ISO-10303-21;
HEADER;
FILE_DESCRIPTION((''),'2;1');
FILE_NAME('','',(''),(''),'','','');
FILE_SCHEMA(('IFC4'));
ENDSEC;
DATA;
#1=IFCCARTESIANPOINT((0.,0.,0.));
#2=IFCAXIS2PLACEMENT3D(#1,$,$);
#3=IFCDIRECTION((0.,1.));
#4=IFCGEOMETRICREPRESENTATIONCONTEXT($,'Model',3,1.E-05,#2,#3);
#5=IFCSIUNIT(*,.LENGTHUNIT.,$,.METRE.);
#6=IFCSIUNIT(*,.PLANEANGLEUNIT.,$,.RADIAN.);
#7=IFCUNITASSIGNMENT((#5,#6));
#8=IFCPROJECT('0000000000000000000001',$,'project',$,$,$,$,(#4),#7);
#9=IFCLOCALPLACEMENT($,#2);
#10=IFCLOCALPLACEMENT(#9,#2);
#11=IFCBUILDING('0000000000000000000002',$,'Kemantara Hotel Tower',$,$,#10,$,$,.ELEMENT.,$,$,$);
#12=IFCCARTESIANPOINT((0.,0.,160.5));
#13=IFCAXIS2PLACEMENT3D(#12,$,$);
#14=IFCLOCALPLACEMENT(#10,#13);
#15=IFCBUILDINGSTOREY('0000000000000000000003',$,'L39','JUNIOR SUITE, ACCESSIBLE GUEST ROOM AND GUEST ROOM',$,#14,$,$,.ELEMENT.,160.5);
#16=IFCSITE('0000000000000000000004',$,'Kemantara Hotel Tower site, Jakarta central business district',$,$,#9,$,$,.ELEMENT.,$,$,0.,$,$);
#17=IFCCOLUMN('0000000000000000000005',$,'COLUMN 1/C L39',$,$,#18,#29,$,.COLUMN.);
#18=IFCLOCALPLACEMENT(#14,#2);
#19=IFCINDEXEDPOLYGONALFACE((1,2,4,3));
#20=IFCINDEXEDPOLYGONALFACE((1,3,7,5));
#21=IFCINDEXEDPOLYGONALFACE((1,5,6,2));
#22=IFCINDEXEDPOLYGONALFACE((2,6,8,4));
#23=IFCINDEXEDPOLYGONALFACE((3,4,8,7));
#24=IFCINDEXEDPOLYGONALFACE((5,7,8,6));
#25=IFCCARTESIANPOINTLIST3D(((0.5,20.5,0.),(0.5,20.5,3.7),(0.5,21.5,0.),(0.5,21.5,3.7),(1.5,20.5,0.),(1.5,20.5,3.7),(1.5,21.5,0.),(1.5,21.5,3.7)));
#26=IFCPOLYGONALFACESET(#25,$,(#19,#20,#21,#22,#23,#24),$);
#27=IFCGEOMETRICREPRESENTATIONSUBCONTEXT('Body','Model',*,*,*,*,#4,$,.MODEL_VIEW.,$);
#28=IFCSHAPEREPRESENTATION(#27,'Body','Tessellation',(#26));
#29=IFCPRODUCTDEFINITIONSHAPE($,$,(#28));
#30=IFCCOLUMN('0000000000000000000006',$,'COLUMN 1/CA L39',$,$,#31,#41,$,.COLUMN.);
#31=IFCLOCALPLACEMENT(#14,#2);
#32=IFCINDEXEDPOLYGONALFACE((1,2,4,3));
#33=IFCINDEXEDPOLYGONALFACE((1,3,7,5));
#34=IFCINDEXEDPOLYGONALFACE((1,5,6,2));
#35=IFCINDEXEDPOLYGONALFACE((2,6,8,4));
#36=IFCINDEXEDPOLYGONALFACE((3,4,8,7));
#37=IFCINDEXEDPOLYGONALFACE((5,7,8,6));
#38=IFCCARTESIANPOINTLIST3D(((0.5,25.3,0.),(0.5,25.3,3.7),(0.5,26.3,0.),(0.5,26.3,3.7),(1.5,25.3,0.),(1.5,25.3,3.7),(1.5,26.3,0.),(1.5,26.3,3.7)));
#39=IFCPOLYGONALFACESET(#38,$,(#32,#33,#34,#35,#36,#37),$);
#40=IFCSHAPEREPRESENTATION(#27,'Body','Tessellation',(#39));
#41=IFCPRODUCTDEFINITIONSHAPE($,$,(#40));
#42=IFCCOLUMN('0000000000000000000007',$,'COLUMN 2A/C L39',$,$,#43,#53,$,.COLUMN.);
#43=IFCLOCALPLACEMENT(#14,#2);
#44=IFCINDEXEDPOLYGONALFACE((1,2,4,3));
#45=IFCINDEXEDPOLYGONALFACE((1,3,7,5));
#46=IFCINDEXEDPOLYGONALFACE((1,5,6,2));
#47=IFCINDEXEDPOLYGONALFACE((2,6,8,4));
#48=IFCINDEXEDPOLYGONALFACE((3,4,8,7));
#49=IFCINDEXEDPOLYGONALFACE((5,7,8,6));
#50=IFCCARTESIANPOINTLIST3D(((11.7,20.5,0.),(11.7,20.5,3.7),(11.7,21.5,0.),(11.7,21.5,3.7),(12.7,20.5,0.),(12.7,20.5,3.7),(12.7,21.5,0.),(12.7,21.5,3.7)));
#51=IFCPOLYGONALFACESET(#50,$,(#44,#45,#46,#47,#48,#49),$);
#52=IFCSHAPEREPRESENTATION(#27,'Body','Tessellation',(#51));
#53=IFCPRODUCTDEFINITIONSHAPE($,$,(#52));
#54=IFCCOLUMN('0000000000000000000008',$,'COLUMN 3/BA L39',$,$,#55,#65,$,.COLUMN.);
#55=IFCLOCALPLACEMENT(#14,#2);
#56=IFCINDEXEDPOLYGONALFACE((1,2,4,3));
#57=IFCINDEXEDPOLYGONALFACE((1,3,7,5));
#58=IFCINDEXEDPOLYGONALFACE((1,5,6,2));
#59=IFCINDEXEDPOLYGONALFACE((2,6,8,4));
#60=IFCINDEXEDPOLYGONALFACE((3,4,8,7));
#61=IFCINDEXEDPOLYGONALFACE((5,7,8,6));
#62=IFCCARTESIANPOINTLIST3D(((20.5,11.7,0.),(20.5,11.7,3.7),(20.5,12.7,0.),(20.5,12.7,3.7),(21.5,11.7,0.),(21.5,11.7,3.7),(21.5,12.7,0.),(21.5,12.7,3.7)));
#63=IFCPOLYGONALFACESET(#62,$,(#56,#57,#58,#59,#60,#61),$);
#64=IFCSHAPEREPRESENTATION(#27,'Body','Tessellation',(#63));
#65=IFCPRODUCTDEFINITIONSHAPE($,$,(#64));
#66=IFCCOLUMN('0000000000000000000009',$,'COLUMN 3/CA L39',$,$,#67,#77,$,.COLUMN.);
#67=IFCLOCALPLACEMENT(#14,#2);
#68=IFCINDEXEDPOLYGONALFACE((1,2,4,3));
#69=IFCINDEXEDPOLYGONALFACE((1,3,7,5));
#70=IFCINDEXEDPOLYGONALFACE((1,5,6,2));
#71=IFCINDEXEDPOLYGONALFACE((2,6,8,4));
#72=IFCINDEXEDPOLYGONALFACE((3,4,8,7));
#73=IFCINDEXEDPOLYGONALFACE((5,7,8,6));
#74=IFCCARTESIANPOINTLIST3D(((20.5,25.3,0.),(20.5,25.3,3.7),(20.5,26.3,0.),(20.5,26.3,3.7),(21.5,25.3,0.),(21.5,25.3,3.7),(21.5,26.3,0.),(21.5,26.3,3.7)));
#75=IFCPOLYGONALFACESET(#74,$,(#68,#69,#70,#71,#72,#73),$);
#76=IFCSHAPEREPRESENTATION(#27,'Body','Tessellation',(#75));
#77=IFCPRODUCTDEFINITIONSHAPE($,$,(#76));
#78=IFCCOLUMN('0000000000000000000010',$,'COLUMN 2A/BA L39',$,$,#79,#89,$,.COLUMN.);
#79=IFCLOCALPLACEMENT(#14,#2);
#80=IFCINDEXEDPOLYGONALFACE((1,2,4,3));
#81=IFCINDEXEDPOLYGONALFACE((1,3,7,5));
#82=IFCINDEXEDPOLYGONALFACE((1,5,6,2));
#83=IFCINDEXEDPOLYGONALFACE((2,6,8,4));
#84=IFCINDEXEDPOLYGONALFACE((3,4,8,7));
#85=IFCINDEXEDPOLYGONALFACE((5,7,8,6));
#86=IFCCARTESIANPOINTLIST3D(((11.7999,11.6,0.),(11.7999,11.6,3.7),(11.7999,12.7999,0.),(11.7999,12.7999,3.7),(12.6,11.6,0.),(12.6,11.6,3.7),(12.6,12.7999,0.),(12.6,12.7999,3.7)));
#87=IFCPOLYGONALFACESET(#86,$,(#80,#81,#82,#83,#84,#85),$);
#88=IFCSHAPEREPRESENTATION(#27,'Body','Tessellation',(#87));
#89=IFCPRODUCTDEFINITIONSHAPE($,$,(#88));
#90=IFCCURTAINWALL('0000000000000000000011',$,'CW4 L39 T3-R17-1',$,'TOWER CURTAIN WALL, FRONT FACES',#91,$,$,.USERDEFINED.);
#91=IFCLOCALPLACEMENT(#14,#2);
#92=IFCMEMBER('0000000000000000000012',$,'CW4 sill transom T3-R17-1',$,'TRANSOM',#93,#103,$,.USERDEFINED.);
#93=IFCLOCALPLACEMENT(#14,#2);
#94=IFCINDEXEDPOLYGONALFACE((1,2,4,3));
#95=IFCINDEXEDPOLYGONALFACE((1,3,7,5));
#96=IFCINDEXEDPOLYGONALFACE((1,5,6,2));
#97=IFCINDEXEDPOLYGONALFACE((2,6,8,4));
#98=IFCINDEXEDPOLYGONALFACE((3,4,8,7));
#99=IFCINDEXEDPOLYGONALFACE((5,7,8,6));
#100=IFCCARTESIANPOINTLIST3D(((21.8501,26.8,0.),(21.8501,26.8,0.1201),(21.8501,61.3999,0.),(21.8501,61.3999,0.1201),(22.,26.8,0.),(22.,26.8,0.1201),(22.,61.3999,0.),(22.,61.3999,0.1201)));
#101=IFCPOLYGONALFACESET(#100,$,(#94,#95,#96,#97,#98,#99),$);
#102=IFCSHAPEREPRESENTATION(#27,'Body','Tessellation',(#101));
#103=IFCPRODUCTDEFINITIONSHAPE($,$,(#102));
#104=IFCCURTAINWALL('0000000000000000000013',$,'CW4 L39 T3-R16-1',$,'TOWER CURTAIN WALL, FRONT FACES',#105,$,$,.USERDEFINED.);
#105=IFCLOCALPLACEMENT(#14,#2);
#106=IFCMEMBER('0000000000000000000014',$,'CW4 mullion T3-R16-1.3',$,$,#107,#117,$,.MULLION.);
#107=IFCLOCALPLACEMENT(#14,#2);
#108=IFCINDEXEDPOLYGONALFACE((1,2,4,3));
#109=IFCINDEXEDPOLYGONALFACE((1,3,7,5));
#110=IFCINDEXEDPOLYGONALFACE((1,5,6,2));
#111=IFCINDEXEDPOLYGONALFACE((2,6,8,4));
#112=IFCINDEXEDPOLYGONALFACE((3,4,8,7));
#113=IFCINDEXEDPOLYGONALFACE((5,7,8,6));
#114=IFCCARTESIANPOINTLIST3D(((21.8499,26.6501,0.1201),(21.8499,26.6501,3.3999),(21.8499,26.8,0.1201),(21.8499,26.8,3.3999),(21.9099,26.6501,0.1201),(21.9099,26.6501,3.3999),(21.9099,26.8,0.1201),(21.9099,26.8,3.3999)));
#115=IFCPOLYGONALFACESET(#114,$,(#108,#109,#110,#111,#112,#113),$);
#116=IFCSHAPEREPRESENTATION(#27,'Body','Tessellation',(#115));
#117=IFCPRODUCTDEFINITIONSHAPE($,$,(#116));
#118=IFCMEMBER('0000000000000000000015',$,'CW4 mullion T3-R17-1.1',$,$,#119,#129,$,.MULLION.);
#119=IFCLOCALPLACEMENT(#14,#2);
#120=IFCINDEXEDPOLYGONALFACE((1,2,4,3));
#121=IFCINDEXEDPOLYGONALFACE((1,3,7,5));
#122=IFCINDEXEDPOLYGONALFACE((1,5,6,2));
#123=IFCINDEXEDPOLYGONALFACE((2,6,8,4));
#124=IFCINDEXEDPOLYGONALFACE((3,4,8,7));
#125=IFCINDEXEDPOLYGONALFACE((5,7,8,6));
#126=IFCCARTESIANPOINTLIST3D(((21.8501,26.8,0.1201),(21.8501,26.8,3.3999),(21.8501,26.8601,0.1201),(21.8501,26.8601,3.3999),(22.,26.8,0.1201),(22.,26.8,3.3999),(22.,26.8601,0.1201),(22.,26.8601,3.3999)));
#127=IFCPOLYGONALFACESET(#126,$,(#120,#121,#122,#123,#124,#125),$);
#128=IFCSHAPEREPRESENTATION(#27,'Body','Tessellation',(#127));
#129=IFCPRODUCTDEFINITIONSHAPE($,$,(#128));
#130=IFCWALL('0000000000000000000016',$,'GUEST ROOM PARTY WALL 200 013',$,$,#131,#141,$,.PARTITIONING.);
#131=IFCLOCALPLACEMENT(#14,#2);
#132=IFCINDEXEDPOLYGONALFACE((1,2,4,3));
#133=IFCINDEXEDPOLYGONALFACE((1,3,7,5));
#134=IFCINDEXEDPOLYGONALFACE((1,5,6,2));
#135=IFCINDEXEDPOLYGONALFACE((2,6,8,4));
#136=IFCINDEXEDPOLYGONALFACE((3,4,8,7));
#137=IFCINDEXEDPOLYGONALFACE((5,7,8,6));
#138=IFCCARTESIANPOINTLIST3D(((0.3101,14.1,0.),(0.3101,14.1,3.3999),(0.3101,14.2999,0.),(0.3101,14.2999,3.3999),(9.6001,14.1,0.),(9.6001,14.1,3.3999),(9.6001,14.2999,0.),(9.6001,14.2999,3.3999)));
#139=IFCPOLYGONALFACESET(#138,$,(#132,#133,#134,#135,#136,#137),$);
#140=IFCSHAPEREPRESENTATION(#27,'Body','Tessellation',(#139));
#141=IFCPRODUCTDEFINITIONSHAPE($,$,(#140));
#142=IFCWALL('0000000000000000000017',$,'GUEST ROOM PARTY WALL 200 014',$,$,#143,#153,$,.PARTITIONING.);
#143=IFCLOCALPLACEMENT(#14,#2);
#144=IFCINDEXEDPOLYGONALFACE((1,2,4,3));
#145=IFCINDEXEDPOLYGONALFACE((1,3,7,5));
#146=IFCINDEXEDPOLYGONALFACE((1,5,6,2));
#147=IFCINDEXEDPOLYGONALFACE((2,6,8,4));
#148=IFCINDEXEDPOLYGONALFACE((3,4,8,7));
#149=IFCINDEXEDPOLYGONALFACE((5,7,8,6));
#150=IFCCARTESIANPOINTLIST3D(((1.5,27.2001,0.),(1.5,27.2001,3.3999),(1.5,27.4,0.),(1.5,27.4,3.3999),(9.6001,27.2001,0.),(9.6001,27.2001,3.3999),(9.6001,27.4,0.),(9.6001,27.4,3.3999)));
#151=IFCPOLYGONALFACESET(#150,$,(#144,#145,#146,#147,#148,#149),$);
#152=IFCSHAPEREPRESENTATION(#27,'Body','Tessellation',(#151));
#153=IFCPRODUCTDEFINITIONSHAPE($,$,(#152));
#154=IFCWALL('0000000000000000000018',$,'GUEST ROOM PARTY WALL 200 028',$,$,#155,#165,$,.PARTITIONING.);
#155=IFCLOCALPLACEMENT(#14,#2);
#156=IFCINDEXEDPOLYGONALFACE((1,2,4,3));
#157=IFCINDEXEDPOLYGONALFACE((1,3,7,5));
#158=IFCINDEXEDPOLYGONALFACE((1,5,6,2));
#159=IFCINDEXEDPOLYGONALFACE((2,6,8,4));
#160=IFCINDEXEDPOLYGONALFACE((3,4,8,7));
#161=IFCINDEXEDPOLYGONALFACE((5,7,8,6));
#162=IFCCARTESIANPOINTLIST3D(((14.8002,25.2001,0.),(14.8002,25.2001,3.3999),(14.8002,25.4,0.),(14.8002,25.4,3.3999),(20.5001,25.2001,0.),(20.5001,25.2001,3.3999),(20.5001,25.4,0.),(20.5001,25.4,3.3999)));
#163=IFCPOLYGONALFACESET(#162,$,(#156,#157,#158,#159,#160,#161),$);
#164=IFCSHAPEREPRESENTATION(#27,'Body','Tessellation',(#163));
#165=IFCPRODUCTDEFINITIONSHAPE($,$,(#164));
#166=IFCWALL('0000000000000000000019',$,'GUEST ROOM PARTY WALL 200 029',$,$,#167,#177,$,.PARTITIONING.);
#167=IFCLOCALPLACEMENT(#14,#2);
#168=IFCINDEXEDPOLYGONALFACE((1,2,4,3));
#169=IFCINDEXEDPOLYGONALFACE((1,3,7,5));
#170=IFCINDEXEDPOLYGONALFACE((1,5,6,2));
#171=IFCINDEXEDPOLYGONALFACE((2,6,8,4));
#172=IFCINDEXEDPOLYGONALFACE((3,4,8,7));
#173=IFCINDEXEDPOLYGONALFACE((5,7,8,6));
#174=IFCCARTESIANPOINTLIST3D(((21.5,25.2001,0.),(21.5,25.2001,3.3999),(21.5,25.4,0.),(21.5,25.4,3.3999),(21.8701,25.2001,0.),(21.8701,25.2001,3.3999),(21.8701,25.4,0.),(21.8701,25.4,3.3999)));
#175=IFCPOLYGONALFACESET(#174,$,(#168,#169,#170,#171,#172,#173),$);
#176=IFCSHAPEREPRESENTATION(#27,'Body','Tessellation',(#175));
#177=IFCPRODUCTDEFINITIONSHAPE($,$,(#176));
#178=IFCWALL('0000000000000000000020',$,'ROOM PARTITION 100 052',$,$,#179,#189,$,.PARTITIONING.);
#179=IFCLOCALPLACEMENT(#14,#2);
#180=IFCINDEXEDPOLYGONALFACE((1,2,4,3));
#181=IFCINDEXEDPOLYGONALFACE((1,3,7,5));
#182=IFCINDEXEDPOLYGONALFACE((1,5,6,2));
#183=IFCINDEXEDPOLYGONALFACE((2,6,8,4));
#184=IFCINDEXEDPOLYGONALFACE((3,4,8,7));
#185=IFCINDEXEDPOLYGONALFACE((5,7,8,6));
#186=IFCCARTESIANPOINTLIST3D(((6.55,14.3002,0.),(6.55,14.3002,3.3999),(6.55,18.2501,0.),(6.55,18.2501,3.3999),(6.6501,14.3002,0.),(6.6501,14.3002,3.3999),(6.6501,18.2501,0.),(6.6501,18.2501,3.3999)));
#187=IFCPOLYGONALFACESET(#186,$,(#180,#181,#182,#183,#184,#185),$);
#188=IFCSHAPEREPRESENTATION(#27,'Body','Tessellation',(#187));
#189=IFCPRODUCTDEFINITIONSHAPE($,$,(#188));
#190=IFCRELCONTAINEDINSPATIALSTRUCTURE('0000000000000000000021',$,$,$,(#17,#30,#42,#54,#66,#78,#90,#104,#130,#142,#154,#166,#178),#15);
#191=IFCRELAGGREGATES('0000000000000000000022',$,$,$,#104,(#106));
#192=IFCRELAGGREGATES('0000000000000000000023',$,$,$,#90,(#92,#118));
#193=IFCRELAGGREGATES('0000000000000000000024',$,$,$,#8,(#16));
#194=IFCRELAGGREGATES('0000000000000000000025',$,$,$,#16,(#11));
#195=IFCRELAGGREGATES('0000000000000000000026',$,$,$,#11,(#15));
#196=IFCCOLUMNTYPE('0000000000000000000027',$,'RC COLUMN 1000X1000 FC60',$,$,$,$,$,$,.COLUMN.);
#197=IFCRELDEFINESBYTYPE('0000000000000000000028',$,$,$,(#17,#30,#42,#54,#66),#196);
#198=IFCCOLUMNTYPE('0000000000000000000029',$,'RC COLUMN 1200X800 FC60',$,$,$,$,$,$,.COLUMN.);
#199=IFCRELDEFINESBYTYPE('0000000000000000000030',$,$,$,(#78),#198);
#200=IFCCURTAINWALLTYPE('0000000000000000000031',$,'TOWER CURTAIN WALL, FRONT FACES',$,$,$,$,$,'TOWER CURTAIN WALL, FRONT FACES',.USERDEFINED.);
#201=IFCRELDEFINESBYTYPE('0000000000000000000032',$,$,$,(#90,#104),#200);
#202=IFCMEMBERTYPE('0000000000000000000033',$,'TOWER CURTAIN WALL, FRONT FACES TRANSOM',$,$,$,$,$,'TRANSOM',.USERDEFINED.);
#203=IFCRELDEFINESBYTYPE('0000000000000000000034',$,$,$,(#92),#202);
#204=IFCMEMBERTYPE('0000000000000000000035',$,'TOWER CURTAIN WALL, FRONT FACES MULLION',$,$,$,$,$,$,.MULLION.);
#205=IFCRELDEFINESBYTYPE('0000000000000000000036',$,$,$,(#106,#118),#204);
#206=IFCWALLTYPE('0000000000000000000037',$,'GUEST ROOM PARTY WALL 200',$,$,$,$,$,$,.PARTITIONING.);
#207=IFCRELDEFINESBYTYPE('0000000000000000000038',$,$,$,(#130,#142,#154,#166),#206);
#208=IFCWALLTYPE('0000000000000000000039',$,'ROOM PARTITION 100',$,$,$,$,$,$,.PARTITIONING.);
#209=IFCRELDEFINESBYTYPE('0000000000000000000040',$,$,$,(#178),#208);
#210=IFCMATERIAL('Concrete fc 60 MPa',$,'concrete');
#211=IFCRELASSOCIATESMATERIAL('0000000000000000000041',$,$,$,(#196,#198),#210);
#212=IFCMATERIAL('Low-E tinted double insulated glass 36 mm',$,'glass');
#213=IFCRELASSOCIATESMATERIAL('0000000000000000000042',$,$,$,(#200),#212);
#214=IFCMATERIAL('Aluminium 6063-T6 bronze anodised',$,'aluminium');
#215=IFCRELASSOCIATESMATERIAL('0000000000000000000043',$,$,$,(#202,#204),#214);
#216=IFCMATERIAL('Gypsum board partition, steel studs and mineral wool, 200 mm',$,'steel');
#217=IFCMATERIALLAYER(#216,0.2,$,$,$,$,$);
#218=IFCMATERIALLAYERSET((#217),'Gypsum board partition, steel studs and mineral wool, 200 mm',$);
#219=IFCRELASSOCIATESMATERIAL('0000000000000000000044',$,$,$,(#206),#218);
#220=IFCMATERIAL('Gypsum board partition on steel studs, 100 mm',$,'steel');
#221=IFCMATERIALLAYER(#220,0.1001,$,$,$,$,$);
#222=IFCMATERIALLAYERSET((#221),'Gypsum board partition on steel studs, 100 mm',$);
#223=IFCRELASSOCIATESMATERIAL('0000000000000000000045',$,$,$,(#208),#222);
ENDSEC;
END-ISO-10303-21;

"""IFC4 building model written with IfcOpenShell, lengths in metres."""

from ifc_helpers import new_model, si_unit, direction, frame, frame_2d, origin, origin_2d, place, context, subcontext, project, spatial, rectangle, extrude, source, transform, mapped, material, layer, layer_set, material_profile, profile_set, type_object, element, aggregate, save


model = new_model("IFC4")

# Units and contexts
model_context = context("Model", 3, precision=1e-05, world=origin(), true_north=direction((0.0, 1.0)))
body_context = subcontext(model_context, "Body", "Model", "MODEL_VIEW")
ifc_project = project(units=[si_unit("LENGTHUNIT", "METRE"), si_unit("PLANEANGLEUNIT", "RADIAN")], contexts=[model_context])

# Site, building, storey
site_placement = place(None, origin())
site = spatial("IfcSite", under=ifc_project, at=site_placement, Name="Kemantara Hotel Tower site, Jakarta central business district", CompositionType="ELEMENT", RefElevation=0.0)
building_placement = place(site_placement, origin())
building = spatial("IfcBuilding", under=site, at=building_placement, Name="Kemantara Hotel Tower", CompositionType="ELEMENT")
storey_placement = place(building_placement, frame((0.0, 0.0, 160.5)))
storey = spatial("IfcBuildingStorey", under=building, at=storey_placement, Name="L39", Description="JUNIOR SUITE, ACCESSIBLE GUEST ROOM AND GUEST ROOM", CompositionType="ELEMENT", Elevation=160.5)

# Columns
ifc_material_1 = material(Name="Concrete fc 60 MPa", Category="concrete")
ifc_material_profile_1 = material_profile(ifc_material_1, rectangle(XDim=1.0, YDim=1.0, at=origin_2d()), Name="RC 1000X1000")
ifc_profile_set_1 = profile_set([ifc_material_profile_1], Name="Concrete fc 60 MPa")
column_type_1 = type_object("IfcColumnType", Name="RC COLUMN 1000X1000 FC60", PredefinedType="COLUMN", material=ifc_profile_set_1)
for number, where, z_axis, x_axis, name in (
    (1, (1.0, 21.0, 0.0), (0.0, 0.0, 1.0), (1.0, 0.0, 0.0), "COLUMN 1/C L39"),
    (2, (1.0, 25.8, 0.0), (0.0, 0.0, 1.0), (1.0, 0.0, 0.0), "COLUMN 1/CA L39"),
    (3, (12.2, 21.0, 0.0), (0.0, 0.0, 1.0), (1.0, 0.0, 0.0), "COLUMN 2A/C L39"),
    (4, (21.0, 12.2, 0.0), (0.0, 0.0, 1.0), (1.0, 0.0, 0.0), "COLUMN 3/BA L39"),
    (5, (21.0, 25.8, 0.0), (0.0, 0.0, 1.0), (1.0, 0.0, 0.0), "COLUMN 3/CA L39"),
):
    element("IfcColumn", number, at=place(storey_placement, frame(where, z_axis=z_axis, x_axis=x_axis)), inside=storey, type_object=column_type_1, Name=name, PredefinedType="COLUMN", context=body_context, shape_type="SweptSolid", body=[
        extrude(rectangle(XDim=1.0, YDim=1.0, at=origin_2d()), origin(), (0.0, 0.0, 1.0), 3.7),
    ])
ifc_material_profile_2 = material_profile(ifc_material_1, rectangle(XDim=1.2, YDim=0.8, at=origin_2d()), Name="RC 1200X800")
ifc_profile_set_2 = profile_set([ifc_material_profile_2], Name="Concrete fc 60 MPa")
column_type_2 = type_object("IfcColumnType", Name="RC COLUMN 1200X800 FC60", PredefinedType="COLUMN", material=ifc_profile_set_2)
column_placement = place(storey_placement, frame((12.2, 12.2, 0.0), z_axis=(0.0, 0.0, 1.0), x_axis=(0.0, 1.0, 0.0)))
element("IfcColumn", 6, at=column_placement, inside=storey, type_object=column_type_2, Name="COLUMN 2A/BA L39", PredefinedType="COLUMN", context=body_context, shape_type="SweptSolid", body=[
    extrude(rectangle(XDim=1.2, YDim=0.8, at=origin_2d()), origin(), (0.0, 0.0, 1.0), 3.7),
])

# Curtain walls, members
ifc_material_2 = material(Name="Low-E tinted double insulated glass 36 mm", Category="glass")
curtain_wall_type = type_object("IfcCurtainWallType", Name="TOWER CURTAIN WALL, FRONT FACES", ElementType="TOWER CURTAIN WALL, FRONT FACES", PredefinedType="USERDEFINED", material=ifc_material_2)
curtain_wall_1_placement = place(storey_placement, origin())
curtain_wall_1 = element("IfcCurtainWall", 7, at=curtain_wall_1_placement, inside=storey, type_object=curtain_wall_type, Name="CW4 L39 T3-R17-1", ObjectType="TOWER CURTAIN WALL, FRONT FACES", PredefinedType="USERDEFINED")
ifc_material_3 = material(Name="Aluminium 6063-T6 bronze anodised", Category="aluminium")
ifc_material_profile_3 = material_profile(ifc_material_3, rectangle(XDim=0.1499, YDim=0.1201, at=origin_2d()), Name="TOWER CURTAIN WALL, FRONT FACES TRANSOM")
ifc_profile_set_3 = profile_set([ifc_material_profile_3], Name="Aluminium 6063-T6 bronze anodised")
member_type_1 = type_object("IfcMemberType", Name="TOWER CURTAIN WALL, FRONT FACES TRANSOM", ElementType="TRANSOM", PredefinedType="USERDEFINED", material=ifc_profile_set_3)
member_1_placement = place(storey_placement, frame((21.925, 26.8, 0.0601), z_axis=(0.0, 1.0, 0.0), x_axis=(-1.0, 0.0, 0.0)))
member_1 = element("IfcMember", 8, at=member_1_placement, type_object=member_type_1, Name="CW4 sill transom T3-R17-1", ObjectType="TRANSOM", PredefinedType="USERDEFINED", context=body_context, shape_type="SweptSolid", body=[
    extrude(rectangle(XDim=0.1499, YDim=0.1201, at=origin_2d()), origin(), (0.0, 0.0, 1.0), 34.5999),
])
curtain_wall_2_placement = place(storey_placement, origin())
curtain_wall_2 = element("IfcCurtainWall", 9, at=curtain_wall_2_placement, inside=storey, type_object=curtain_wall_type, Name="CW4 L39 T3-R16-1", ObjectType="TOWER CURTAIN WALL, FRONT FACES", PredefinedType="USERDEFINED")
ifc_material_profile_4 = material_profile(ifc_material_3, rectangle(XDim=0.1499, YDim=0.0601, at=origin_2d()), Name="TOWER CURTAIN WALL, FRONT FACES MULLION")
ifc_profile_set_4 = profile_set([ifc_material_profile_4], Name="Aluminium 6063-T6 bronze anodised")
member_type_2 = type_object("IfcMemberType", Name="TOWER CURTAIN WALL, FRONT FACES MULLION", PredefinedType="MULLION", material=ifc_profile_set_4)
shared_shape_1 = source(origin(), body_context, "Body", "SweptSolid", [
    extrude(rectangle(XDim=0.1499, YDim=0.0601, at=origin_2d()), origin(), (0.0, 0.0, 1.0), 3.2798),
])
member_2_placement = place(storey_placement, frame((21.8799, 26.7251, 0.1201), z_axis=(0.0, 0.0, 1.0), x_axis=(0.0, -1.0, 0.0)))
member_2 = element("IfcMember", 10, at=member_2_placement, type_object=member_type_2, Name="CW4 mullion T3-R16-1.3", PredefinedType="MULLION", context=body_context, shape_type="MappedRepresentation", body=[
    mapped(shared_shape_1, transform((0.0, 0.0, 0.0))),
])
aggregate(curtain_wall_2, [member_2])

# Member
member_3_placement = place(storey_placement, frame((21.925, 26.8301, 0.1201), z_axis=(0.0, 0.0, 1.0), x_axis=(-1.0, 0.0, 0.0)))
member_3 = element("IfcMember", 11, at=member_3_placement, type_object=member_type_2, Name="CW4 mullion T3-R17-1.1", PredefinedType="MULLION", context=body_context, shape_type="MappedRepresentation", body=[
    mapped(shared_shape_1, transform((0.0, 0.0, 0.0))),
])
aggregate(curtain_wall_1, [member_1, member_3])

# Walls
ifc_material_4 = material(Name="Gypsum board partition, steel studs and mineral wool, 200 mm", Category="steel")
ifc_layer_1 = layer(ifc_material_4, 0.2)
ifc_layer_set_1 = layer_set([ifc_layer_1], Name="Gypsum board partition, steel studs and mineral wool, 200 mm")
wall_type_1 = type_object("IfcWallType", Name="GUEST ROOM PARTY WALL 200", PredefinedType="PARTITIONING", material=ifc_layer_set_1)
wall_1_placement = place(storey_placement, frame((0.3101, 14.2, 0.0), z_axis=(0.0, 0.0, 1.0), x_axis=(1.0, 0.0, 0.0)))
element("IfcWall", 12, at=wall_1_placement, inside=storey, type_object=wall_type_1, Name="GUEST ROOM PARTY WALL 200 013", PredefinedType="PARTITIONING", context=body_context, shape_type="SweptSolid", body=[
    extrude(rectangle(XDim=9.29, YDim=0.2, at=frame_2d((4.645, 0.0))), origin(), (0.0, 0.0, 1.0), 3.3999),
])
wall_2_placement = place(storey_placement, frame((1.5, 27.3, 0.0), z_axis=(0.0, 0.0, 1.0), x_axis=(1.0, 0.0, 0.0)))
element("IfcWall", 13, at=wall_2_placement, inside=storey, type_object=wall_type_1, Name="GUEST ROOM PARTY WALL 200 014", PredefinedType="PARTITIONING", context=body_context, shape_type="SweptSolid", body=[
    extrude(rectangle(XDim=8.1001, YDim=0.2, at=frame_2d((4.05, 0.0))), origin(), (0.0, 0.0, 1.0), 3.3999),
])
wall_3_placement = place(storey_placement, frame((14.8, 25.3, 0.0), z_axis=(0.0, 0.0, 1.0), x_axis=(1.0, 0.0, 0.0)))
element("IfcWall", 14, at=wall_3_placement, inside=storey, type_object=wall_type_1, Name="GUEST ROOM PARTY WALL 200 028", PredefinedType="PARTITIONING", context=body_context, shape_type="SweptSolid", body=[
    extrude(rectangle(XDim=5.7, YDim=0.2, at=frame_2d((2.8501, 0.0))), origin(), (0.0, 0.0, 1.0), 3.3999),
])
wall_4_placement = place(storey_placement, frame((21.5, 25.3, 0.0), z_axis=(0.0, 0.0, 1.0), x_axis=(1.0, 0.0, 0.0)))
element("IfcWall", 15, at=wall_4_placement, inside=storey, type_object=wall_type_1, Name="GUEST ROOM PARTY WALL 200 029", PredefinedType="PARTITIONING", context=body_context, shape_type="SweptSolid", body=[
    extrude(rectangle(XDim=0.3701, YDim=0.2, at=frame_2d((0.1851, 0.0))), origin(), (0.0, 0.0, 1.0), 3.3999),
])
ifc_material_5 = material(Name="Gypsum board partition on steel studs, 100 mm", Category="steel")
ifc_layer_2 = layer(ifc_material_5, 0.1001)
ifc_layer_set_2 = layer_set([ifc_layer_2], Name="Gypsum board partition on steel studs, 100 mm")
wall_type_2 = type_object("IfcWallType", Name="ROOM PARTITION 100", PredefinedType="PARTITIONING", material=ifc_layer_set_2)
wall_5_placement = place(storey_placement, frame((6.6001, 14.3, 0.0), z_axis=(0.0, 0.0, 1.0), x_axis=(0.0, 1.0, 0.0)))
element("IfcWall", 16, at=wall_5_placement, inside=storey, type_object=wall_type_2, Name="ROOM PARTITION 100 052", PredefinedType="PARTITIONING", context=body_context, shape_type="SweptSolid", body=[
    extrude(rectangle(XDim=3.95, YDim=0.1001, at=frame_2d((1.9751, 0.0))), origin(), (0.0, 0.0, 1.0), 3.3999),
])

save(model, "model.ifc")
